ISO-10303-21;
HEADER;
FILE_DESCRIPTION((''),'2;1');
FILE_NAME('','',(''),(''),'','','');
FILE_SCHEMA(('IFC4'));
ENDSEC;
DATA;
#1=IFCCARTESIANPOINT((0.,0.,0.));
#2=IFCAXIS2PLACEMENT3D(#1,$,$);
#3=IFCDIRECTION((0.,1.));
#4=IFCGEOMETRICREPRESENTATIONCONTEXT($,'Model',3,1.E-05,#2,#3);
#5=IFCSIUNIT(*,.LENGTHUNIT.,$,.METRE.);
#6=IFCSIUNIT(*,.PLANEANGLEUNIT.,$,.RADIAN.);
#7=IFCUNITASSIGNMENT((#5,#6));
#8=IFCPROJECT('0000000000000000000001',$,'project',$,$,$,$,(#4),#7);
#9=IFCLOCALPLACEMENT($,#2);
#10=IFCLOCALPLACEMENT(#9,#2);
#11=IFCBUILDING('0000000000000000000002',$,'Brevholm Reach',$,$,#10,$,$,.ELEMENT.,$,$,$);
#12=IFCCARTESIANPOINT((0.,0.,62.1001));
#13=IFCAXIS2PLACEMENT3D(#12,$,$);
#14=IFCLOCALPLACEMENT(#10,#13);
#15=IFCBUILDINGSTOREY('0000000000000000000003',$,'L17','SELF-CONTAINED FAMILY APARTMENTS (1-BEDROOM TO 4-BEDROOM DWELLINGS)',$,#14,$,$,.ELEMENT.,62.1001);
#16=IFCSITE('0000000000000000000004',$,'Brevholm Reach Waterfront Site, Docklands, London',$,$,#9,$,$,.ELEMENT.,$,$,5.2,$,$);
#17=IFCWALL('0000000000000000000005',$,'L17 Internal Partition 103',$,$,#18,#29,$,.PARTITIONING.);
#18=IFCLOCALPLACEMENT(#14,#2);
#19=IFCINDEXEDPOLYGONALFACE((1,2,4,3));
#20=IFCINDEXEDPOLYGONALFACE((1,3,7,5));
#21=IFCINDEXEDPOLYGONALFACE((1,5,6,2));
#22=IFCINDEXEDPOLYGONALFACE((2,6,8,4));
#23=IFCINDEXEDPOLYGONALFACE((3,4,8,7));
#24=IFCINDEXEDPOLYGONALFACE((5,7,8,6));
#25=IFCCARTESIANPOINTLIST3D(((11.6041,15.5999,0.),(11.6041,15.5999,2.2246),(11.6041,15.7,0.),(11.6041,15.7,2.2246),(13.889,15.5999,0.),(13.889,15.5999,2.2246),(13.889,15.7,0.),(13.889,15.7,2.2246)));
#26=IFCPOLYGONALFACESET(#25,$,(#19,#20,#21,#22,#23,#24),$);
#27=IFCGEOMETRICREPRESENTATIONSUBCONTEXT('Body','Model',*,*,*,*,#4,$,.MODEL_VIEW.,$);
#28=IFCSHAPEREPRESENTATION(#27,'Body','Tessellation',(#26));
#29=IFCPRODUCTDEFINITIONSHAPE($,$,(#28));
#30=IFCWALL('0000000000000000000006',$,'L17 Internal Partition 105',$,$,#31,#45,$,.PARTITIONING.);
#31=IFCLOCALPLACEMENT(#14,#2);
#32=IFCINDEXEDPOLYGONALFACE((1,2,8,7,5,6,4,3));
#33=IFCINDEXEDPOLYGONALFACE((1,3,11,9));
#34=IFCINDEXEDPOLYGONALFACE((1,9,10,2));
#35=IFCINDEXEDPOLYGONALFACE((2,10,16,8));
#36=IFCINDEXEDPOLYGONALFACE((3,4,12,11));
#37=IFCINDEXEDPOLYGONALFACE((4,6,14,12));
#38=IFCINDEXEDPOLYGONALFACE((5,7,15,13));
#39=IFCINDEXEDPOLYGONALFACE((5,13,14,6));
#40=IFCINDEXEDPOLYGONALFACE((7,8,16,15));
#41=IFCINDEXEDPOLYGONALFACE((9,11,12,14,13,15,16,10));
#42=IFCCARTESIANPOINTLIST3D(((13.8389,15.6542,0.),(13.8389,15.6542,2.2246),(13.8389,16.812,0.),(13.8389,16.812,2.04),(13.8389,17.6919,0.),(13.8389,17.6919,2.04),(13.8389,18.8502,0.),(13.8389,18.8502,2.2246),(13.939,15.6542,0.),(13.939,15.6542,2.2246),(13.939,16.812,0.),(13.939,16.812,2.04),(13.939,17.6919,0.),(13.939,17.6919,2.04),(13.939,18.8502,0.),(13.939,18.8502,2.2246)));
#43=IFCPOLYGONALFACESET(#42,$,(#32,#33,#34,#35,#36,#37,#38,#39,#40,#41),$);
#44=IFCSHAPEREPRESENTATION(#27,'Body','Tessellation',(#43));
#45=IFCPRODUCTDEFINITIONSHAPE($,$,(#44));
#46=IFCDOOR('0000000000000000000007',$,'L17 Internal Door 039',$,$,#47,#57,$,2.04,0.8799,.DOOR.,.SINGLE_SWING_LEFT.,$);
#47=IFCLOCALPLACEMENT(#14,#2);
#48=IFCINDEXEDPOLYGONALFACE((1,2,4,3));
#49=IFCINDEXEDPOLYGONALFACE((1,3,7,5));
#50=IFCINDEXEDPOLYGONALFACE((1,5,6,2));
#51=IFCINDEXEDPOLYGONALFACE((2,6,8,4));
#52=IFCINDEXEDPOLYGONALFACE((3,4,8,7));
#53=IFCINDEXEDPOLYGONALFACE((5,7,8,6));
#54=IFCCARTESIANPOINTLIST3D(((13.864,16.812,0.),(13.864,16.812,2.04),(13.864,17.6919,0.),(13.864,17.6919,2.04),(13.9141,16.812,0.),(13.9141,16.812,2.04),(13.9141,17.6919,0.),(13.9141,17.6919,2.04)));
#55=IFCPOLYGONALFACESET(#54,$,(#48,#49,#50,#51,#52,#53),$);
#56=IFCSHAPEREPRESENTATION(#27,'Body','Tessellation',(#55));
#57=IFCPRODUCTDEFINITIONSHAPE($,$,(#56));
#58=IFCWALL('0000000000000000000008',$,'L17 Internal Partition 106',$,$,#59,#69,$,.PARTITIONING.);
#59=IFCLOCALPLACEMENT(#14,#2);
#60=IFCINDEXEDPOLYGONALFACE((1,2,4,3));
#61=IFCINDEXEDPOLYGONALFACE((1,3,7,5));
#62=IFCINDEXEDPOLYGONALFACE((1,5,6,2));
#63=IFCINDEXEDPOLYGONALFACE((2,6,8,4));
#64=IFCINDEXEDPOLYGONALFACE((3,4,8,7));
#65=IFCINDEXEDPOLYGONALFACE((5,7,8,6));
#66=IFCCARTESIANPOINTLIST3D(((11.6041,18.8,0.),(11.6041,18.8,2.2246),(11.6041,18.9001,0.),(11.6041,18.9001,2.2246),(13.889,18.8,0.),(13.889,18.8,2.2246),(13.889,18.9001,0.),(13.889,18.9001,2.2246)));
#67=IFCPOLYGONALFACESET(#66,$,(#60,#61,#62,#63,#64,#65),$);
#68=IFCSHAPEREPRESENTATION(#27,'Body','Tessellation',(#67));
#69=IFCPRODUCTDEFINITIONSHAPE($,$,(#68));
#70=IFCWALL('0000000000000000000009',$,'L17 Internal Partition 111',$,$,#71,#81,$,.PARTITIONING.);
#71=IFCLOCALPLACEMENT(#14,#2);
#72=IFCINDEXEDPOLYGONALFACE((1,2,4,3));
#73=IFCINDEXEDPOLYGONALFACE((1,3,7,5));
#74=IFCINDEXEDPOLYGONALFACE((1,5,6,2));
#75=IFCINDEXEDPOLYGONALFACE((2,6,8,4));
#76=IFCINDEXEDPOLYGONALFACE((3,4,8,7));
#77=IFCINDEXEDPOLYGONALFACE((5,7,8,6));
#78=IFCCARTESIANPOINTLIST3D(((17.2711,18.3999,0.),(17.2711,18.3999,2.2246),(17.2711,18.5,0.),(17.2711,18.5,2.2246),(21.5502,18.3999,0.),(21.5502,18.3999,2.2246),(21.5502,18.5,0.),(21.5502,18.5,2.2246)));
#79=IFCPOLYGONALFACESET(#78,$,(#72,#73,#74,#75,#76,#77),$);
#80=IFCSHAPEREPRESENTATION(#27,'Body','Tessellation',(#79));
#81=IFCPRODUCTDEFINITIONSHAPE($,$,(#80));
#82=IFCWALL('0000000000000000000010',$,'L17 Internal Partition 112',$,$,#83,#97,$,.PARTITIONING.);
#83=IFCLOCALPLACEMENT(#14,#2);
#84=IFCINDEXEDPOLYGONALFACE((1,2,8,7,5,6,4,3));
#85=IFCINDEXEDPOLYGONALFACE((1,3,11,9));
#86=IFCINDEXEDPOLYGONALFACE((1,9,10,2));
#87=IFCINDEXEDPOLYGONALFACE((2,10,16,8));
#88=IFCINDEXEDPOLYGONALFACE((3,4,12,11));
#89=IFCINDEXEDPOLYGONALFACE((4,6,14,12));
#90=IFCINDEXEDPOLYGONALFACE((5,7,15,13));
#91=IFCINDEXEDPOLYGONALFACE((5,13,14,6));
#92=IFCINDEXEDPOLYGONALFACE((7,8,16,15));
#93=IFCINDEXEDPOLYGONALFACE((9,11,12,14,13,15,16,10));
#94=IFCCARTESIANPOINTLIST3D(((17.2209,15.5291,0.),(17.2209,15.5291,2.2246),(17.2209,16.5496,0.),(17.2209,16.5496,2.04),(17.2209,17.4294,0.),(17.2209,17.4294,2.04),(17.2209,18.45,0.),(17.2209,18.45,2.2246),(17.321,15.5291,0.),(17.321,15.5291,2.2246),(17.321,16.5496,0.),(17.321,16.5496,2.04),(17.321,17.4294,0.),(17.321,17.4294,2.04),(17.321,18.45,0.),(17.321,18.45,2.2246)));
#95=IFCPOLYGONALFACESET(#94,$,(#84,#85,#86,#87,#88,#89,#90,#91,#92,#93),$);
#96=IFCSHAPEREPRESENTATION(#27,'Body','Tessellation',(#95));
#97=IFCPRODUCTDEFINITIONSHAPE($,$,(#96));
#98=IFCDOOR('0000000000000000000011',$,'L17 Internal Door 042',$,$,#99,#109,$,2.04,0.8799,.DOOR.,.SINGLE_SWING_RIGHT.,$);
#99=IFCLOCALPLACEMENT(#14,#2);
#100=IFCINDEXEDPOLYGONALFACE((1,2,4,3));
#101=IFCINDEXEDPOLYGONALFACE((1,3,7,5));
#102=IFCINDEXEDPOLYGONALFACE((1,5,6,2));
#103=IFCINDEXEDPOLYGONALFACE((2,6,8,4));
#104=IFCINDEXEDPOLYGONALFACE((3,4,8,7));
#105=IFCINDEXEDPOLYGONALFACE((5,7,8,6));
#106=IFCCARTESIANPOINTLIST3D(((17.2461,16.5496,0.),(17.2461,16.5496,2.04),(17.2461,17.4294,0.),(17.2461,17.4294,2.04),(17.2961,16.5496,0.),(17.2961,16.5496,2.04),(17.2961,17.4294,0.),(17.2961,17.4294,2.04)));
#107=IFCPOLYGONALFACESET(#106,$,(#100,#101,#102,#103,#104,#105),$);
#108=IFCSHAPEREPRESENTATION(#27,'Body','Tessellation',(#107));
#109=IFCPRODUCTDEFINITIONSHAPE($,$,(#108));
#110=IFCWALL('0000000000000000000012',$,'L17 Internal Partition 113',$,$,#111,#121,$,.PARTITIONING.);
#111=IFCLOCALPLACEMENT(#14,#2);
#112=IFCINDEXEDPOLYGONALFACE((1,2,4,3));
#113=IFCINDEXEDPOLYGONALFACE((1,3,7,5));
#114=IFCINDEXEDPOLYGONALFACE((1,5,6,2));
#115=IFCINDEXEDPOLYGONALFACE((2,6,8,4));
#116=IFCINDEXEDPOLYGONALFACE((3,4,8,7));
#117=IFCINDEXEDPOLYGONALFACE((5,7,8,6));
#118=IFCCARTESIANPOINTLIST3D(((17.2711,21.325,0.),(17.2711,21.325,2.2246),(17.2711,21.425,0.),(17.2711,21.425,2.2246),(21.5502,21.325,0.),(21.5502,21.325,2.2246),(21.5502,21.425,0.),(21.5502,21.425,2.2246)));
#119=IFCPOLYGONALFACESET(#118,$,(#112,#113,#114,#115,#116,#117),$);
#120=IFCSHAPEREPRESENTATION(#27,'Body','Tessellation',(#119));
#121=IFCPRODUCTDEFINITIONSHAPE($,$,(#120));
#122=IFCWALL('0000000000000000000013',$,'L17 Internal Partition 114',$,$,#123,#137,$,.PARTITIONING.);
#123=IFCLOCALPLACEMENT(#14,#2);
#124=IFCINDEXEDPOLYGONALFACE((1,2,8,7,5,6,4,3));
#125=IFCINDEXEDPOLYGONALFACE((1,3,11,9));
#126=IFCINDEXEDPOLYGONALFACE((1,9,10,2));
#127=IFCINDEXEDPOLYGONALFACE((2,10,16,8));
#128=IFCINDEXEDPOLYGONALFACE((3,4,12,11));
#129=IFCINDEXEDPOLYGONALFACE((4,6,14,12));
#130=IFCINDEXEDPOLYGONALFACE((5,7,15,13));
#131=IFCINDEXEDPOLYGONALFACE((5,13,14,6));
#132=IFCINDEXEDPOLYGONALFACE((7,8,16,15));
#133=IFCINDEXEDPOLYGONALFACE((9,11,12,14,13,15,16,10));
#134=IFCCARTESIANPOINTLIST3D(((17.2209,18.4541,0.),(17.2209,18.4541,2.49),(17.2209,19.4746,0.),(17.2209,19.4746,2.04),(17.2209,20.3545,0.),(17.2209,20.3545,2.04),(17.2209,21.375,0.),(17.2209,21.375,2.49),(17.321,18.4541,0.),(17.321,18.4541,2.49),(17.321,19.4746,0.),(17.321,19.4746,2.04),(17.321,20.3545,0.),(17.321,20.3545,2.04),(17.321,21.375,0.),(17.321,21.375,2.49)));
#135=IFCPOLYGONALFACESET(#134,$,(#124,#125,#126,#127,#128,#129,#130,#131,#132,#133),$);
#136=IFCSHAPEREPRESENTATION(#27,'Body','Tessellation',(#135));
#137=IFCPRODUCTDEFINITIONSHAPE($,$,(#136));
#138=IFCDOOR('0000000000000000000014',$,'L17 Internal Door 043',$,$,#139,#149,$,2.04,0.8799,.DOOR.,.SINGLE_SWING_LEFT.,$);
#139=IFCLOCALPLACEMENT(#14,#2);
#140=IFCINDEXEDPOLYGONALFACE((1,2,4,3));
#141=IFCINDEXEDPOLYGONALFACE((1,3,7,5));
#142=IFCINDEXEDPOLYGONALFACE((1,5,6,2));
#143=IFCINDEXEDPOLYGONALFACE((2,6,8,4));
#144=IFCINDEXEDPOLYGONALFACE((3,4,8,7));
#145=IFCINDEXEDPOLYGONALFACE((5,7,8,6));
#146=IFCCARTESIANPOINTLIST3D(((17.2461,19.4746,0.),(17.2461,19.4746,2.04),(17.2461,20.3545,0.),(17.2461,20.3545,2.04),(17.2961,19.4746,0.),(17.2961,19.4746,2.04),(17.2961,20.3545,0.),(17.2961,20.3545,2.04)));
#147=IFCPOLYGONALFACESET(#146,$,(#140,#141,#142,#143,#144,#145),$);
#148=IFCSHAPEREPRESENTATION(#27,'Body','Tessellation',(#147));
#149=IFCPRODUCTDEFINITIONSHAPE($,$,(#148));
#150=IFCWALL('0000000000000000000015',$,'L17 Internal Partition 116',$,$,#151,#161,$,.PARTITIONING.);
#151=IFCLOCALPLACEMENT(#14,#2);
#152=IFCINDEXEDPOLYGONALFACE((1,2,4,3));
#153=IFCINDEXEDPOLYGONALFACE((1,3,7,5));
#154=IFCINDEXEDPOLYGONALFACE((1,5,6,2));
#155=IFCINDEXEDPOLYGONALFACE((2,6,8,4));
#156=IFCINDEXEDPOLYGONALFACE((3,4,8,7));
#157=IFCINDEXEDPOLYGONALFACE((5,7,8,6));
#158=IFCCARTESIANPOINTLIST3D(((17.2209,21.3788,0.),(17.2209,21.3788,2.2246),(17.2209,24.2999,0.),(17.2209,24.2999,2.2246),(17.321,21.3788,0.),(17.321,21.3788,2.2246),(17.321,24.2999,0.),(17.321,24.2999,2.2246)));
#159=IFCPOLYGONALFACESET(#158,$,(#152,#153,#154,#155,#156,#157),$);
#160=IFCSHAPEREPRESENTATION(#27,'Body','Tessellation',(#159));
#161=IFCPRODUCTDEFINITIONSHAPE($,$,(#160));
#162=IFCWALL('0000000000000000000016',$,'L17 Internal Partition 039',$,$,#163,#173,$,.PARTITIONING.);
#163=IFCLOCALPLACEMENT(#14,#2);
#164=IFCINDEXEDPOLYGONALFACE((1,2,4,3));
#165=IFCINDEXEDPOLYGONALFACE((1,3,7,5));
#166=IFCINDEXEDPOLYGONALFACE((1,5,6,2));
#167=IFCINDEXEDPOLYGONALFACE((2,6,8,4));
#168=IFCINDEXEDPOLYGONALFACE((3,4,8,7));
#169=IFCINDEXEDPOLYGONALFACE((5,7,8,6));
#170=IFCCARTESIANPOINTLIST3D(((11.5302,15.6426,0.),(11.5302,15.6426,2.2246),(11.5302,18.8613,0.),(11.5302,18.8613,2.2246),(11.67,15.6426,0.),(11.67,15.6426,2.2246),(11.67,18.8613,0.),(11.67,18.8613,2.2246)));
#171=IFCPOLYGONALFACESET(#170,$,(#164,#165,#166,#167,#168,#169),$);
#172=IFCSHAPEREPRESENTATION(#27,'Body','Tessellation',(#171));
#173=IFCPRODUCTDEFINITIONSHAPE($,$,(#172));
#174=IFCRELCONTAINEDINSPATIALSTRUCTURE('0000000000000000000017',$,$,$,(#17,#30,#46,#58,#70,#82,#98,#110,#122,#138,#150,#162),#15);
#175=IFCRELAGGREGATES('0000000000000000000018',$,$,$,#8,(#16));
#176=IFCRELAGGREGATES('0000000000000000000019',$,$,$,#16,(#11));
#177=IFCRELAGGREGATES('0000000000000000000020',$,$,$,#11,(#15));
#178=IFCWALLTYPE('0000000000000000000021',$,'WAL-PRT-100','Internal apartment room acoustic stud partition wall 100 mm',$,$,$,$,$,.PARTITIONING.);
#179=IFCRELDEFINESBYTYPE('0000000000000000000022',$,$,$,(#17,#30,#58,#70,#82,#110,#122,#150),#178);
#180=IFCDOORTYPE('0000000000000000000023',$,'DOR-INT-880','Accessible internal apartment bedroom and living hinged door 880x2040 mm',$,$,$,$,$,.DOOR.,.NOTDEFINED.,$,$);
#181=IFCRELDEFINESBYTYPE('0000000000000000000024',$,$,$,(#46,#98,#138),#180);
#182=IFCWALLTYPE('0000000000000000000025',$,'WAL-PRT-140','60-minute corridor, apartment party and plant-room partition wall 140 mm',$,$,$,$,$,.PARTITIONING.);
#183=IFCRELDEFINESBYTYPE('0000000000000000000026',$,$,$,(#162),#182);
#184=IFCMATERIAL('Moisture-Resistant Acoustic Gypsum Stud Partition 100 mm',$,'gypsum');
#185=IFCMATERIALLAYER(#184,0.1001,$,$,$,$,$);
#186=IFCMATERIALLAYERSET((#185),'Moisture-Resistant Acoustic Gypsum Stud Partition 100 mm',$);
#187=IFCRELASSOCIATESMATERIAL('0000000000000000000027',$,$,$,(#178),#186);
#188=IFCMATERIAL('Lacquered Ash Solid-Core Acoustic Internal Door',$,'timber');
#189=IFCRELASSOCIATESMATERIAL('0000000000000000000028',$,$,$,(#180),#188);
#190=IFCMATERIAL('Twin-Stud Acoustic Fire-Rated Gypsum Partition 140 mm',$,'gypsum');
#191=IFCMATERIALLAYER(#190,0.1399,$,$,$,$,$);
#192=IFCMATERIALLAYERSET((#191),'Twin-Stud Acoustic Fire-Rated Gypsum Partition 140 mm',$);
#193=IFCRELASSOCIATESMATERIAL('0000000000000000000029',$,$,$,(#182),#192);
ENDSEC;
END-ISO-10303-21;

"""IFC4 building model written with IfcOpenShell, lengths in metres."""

from ifc_helpers import new_model, si_unit, direction, frame, frame_2d, origin, place, context, subcontext, project, spatial, rectangle, extrude, material, layer, layer_set, type_object, element, fill, save


model = new_model("IFC4")

# Units and contexts
model_context = context("Model", 3, precision=1e-05, world=origin(), true_north=direction((0.0, 1.0)))
body_context = subcontext(model_context, "Body", "Model", "MODEL_VIEW")
ifc_project = project(units=[si_unit("LENGTHUNIT", "METRE"), si_unit("PLANEANGLEUNIT", "RADIAN")], contexts=[model_context])

# Site, building, storey
site_placement = place(None, origin())
site = spatial("IfcSite", under=ifc_project, at=site_placement, Name="Brevholm Reach Waterfront Site, Docklands, London", CompositionType="ELEMENT", RefElevation=5.2)
building_placement = place(site_placement, origin())
building = spatial("IfcBuilding", under=site, at=building_placement, Name="Brevholm Reach", CompositionType="ELEMENT")
storey_placement = place(building_placement, frame((0.0, 0.0, 62.1001)))
storey = spatial("IfcBuildingStorey", under=building, at=storey_placement, Name="L17", Description="SELF-CONTAINED FAMILY APARTMENTS (1-BEDROOM TO 4-BEDROOM DWELLINGS)", CompositionType="ELEMENT", Elevation=62.1001)

# Wall
ifc_material_1 = material(Name="Moisture-Resistant Acoustic Gypsum Stud Partition 100 mm", Category="gypsum")
ifc_layer_1 = layer(ifc_material_1, 0.1001)
ifc_layer_set_1 = layer_set([ifc_layer_1], Name="Moisture-Resistant Acoustic Gypsum Stud Partition 100 mm")
wall_type_1 = type_object("IfcWallType", Name="WAL-PRT-100", Description="Internal apartment room acoustic stud partition wall 100 mm", PredefinedType="PARTITIONING", material=ifc_layer_set_1)
wall_1_placement = place(storey_placement, frame((11.604, 15.6499, 0.0), z_axis=(0.0, 0.0, 1.0), x_axis=(1.0, 0.0, 0.0)))
element("IfcWall", 1, at=wall_1_placement, inside=storey, type_object=wall_type_1, Name="L17 Internal Partition 103", PredefinedType="PARTITIONING", context=body_context, shape_type="SweptSolid", body=[
    extrude(rectangle(XDim=2.2849, YDim=0.1001, at=frame_2d((1.1426, 0.0))), origin(), (0.0, 0.0, 1.0), 2.2246),
])

# Wall, opening, door
wall_2_placement = place(storey_placement, frame((13.8889, 15.6541, 0.0), z_axis=(0.0, 0.0, 1.0), x_axis=(0.0, 1.0, 0.0)))
wall_2 = element("IfcWall", 2, at=wall_2_placement, inside=storey, type_object=wall_type_1, Name="L17 Internal Partition 105", PredefinedType="PARTITIONING", context=body_context, shape_type="SweptSolid", body=[
    extrude(rectangle(XDim=3.196, YDim=0.1001, at=frame_2d((1.5981, 0.0))), origin(), (0.0, 0.0, 1.0), 2.2246),
])
opening_1_placement = place(wall_2_placement, frame((1.158, 0.0, 0.0)))
opening_1 = element("IfcOpeningElement", 3, at=opening_1_placement, cuts=wall_2, PredefinedType="OPENING", context=body_context, shape_type="SweptSolid", body=[
    extrude(rectangle(XDim=0.8799, YDim=2.04, at=frame_2d((0.4399, 1.02))), frame((0.0, 0.0601, 0.0), z_axis=(0.0, -1.0, 0.0), x_axis=(1.0, 0.0, 0.0)), (0.0, 0.0, 1.0), 0.1201),
])
ifc_material_2 = material(Name="Lacquered Ash Solid-Core Acoustic Internal Door", Category="timber")
door_type_1 = type_object("IfcDoorType", Name="DOR-INT-880", Description="Accessible internal apartment bedroom and living hinged door 880x2040 mm", OperationType="NOTDEFINED", PredefinedType="DOOR", material=ifc_material_2)
door_1_placement = place(opening_1_placement, origin())
door_1 = element("IfcDoor", 4, at=door_1_placement, inside=storey, type_object=door_type_1, Name="L17 Internal Door 039", OperationType="SINGLE_SWING_LEFT", OverallHeight=2.04, OverallWidth=0.8799, PredefinedType="DOOR", context=body_context, shape_type="SweptSolid", body=[
    extrude(rectangle(XDim=0.8799, YDim=2.04, at=frame_2d((0.4399, 1.02))), frame((0.0, 0.0249, 0.0), z_axis=(0.0, -1.0, 0.0), x_axis=(1.0, 0.0, 0.0)), (0.0, 0.0, 1.0), 0.05),
])
fill(opening_1, door_1)

# Walls
wall_3_placement = place(storey_placement, frame((11.604, 18.8501, 0.0), z_axis=(0.0, 0.0, 1.0), x_axis=(1.0, 0.0, 0.0)))
element("IfcWall", 5, at=wall_3_placement, inside=storey, type_object=wall_type_1, Name="L17 Internal Partition 106", PredefinedType="PARTITIONING", context=body_context, shape_type="SweptSolid", body=[
    extrude(rectangle(XDim=2.2849, YDim=0.1001, at=frame_2d((1.1426, 0.0))), origin(), (0.0, 0.0, 1.0), 2.2246),
])
wall_4_placement = place(storey_placement, frame((17.271, 18.45, 0.0), z_axis=(0.0, 0.0, 1.0), x_axis=(1.0, 0.0, 0.0)))
element("IfcWall", 6, at=wall_4_placement, inside=storey, type_object=wall_type_1, Name="L17 Internal Partition 111", PredefinedType="PARTITIONING", context=body_context, shape_type="SweptSolid", body=[
    extrude(rectangle(XDim=4.2791, YDim=0.1001, at=frame_2d((2.1396, 0.0))), origin(), (0.0, 0.0, 1.0), 2.2246),
])

# Wall, opening, door
wall_5_placement = place(storey_placement, frame((17.271, 15.5291, 0.0), z_axis=(0.0, 0.0, 1.0), x_axis=(0.0, 1.0, 0.0)))
wall_5 = element("IfcWall", 7, at=wall_5_placement, inside=storey, type_object=wall_type_1, Name="L17 Internal Partition 112", PredefinedType="PARTITIONING", context=body_context, shape_type="SweptSolid", body=[
    extrude(rectangle(XDim=2.9209, YDim=0.1001, at=frame_2d((1.4604, 0.0))), origin(), (0.0, 0.0, 1.0), 2.2246),
])
opening_2_placement = place(wall_5_placement, frame((1.0205, 0.0, 0.0)))
opening_2 = element("IfcOpeningElement", 8, at=opening_2_placement, cuts=wall_5, PredefinedType="OPENING", context=body_context, shape_type="SweptSolid", body=[
    extrude(rectangle(XDim=0.8799, YDim=2.04, at=frame_2d((0.4399, 1.02))), frame((0.0, 0.0601, 0.0), z_axis=(0.0, -1.0, 0.0), x_axis=(1.0, 0.0, 0.0)), (0.0, 0.0, 1.0), 0.1201),
])
door_2_placement = place(opening_2_placement, origin())
door_2 = element("IfcDoor", 9, at=door_2_placement, inside=storey, type_object=door_type_1, Name="L17 Internal Door 042", OperationType="SINGLE_SWING_RIGHT", OverallHeight=2.04, OverallWidth=0.8799, PredefinedType="DOOR", context=body_context, shape_type="SweptSolid", body=[
    extrude(rectangle(XDim=0.8799, YDim=2.04, at=frame_2d((0.4399, 1.02))), frame((0.0, 0.0249, 0.0), z_axis=(0.0, -1.0, 0.0), x_axis=(1.0, 0.0, 0.0)), (0.0, 0.0, 1.0), 0.05),
])
fill(opening_2, door_2)

# Wall
wall_6_placement = place(storey_placement, frame((17.271, 21.375, 0.0), z_axis=(0.0, 0.0, 1.0), x_axis=(1.0, 0.0, 0.0)))
element("IfcWall", 10, at=wall_6_placement, inside=storey, type_object=wall_type_1, Name="L17 Internal Partition 113", PredefinedType="PARTITIONING", context=body_context, shape_type="SweptSolid", body=[
    extrude(rectangle(XDim=4.2791, YDim=0.1001, at=frame_2d((2.1396, 0.0))), origin(), (0.0, 0.0, 1.0), 2.2246),
])

# Wall, opening, door
wall_7_placement = place(storey_placement, frame((17.271, 18.4541, 0.0), z_axis=(0.0, 0.0, 1.0), x_axis=(0.0, 1.0, 0.0)))
wall_7 = element("IfcWall", 11, at=wall_7_placement, inside=storey, type_object=wall_type_1, Name="L17 Internal Partition 114", PredefinedType="PARTITIONING", context=body_context, shape_type="SweptSolid", body=[
    extrude(rectangle(XDim=2.9209, YDim=0.1001, at=frame_2d((1.4604, 0.0))), origin(), (0.0, 0.0, 1.0), 2.49),
])
opening_3_placement = place(wall_7_placement, frame((1.0205, 0.0, 0.0)))
opening_3 = element("IfcOpeningElement", 12, at=opening_3_placement, cuts=wall_7, PredefinedType="OPENING", context=body_context, shape_type="SweptSolid", body=[
    extrude(rectangle(XDim=0.8799, YDim=2.04, at=frame_2d((0.4399, 1.02))), frame((0.0, 0.0601, 0.0), z_axis=(0.0, -1.0, 0.0), x_axis=(1.0, 0.0, 0.0)), (0.0, 0.0, 1.0), 0.1201),
])
door_3_placement = place(opening_3_placement, origin())
door_3 = element("IfcDoor", 13, at=door_3_placement, inside=storey, type_object=door_type_1, Name="L17 Internal Door 043", OperationType="SINGLE_SWING_LEFT", OverallHeight=2.04, OverallWidth=0.8799, PredefinedType="DOOR", context=body_context, shape_type="SweptSolid", body=[
    extrude(rectangle(XDim=0.8799, YDim=2.04, at=frame_2d((0.4399, 1.02))), frame((0.0, 0.0249, 0.0), z_axis=(0.0, -1.0, 0.0), x_axis=(1.0, 0.0, 0.0)), (0.0, 0.0, 1.0), 0.05),
])
fill(opening_3, door_3)

# Walls
wall_8_placement = place(storey_placement, frame((17.271, 21.3789, 0.0), z_axis=(0.0, 0.0, 1.0), x_axis=(0.0, 1.0, 0.0)))
element("IfcWall", 14, at=wall_8_placement, inside=storey, type_object=wall_type_1, Name="L17 Internal Partition 116", PredefinedType="PARTITIONING", context=body_context, shape_type="SweptSolid", body=[
    extrude(rectangle(XDim=2.9211, YDim=0.1001, at=frame_2d((1.4604, 0.0))), origin(), (0.0, 0.0, 1.0), 2.2246),
])
ifc_material_3 = material(Name="Twin-Stud Acoustic Fire-Rated Gypsum Partition 140 mm", Category="gypsum")
ifc_layer_2 = layer(ifc_material_3, 0.1399)
ifc_layer_set_2 = layer_set([ifc_layer_2], Name="Twin-Stud Acoustic Fire-Rated Gypsum Partition 140 mm")
wall_type_2 = type_object("IfcWallType", Name="WAL-PRT-140", Description="60-minute corridor, apartment party and plant-room partition wall 140 mm", PredefinedType="PARTITIONING", material=ifc_layer_set_2)
wall_9_placement = place(storey_placement, frame((11.6001, 15.6426, 0.0), z_axis=(0.0, 0.0, 1.0), x_axis=(0.0, 1.0, 0.0)))
element("IfcWall", 15, at=wall_9_placement, inside=storey, type_object=wall_type_2, Name="L17 Internal Partition 039", PredefinedType="PARTITIONING", context=body_context, shape_type="SweptSolid", body=[
    extrude(rectangle(XDim=3.2188, YDim=0.1399, at=frame_2d((1.6094, 0.0))), origin(), (0.0, 0.0, 1.0), 2.2246),
])

save(model, "model.ifc")
